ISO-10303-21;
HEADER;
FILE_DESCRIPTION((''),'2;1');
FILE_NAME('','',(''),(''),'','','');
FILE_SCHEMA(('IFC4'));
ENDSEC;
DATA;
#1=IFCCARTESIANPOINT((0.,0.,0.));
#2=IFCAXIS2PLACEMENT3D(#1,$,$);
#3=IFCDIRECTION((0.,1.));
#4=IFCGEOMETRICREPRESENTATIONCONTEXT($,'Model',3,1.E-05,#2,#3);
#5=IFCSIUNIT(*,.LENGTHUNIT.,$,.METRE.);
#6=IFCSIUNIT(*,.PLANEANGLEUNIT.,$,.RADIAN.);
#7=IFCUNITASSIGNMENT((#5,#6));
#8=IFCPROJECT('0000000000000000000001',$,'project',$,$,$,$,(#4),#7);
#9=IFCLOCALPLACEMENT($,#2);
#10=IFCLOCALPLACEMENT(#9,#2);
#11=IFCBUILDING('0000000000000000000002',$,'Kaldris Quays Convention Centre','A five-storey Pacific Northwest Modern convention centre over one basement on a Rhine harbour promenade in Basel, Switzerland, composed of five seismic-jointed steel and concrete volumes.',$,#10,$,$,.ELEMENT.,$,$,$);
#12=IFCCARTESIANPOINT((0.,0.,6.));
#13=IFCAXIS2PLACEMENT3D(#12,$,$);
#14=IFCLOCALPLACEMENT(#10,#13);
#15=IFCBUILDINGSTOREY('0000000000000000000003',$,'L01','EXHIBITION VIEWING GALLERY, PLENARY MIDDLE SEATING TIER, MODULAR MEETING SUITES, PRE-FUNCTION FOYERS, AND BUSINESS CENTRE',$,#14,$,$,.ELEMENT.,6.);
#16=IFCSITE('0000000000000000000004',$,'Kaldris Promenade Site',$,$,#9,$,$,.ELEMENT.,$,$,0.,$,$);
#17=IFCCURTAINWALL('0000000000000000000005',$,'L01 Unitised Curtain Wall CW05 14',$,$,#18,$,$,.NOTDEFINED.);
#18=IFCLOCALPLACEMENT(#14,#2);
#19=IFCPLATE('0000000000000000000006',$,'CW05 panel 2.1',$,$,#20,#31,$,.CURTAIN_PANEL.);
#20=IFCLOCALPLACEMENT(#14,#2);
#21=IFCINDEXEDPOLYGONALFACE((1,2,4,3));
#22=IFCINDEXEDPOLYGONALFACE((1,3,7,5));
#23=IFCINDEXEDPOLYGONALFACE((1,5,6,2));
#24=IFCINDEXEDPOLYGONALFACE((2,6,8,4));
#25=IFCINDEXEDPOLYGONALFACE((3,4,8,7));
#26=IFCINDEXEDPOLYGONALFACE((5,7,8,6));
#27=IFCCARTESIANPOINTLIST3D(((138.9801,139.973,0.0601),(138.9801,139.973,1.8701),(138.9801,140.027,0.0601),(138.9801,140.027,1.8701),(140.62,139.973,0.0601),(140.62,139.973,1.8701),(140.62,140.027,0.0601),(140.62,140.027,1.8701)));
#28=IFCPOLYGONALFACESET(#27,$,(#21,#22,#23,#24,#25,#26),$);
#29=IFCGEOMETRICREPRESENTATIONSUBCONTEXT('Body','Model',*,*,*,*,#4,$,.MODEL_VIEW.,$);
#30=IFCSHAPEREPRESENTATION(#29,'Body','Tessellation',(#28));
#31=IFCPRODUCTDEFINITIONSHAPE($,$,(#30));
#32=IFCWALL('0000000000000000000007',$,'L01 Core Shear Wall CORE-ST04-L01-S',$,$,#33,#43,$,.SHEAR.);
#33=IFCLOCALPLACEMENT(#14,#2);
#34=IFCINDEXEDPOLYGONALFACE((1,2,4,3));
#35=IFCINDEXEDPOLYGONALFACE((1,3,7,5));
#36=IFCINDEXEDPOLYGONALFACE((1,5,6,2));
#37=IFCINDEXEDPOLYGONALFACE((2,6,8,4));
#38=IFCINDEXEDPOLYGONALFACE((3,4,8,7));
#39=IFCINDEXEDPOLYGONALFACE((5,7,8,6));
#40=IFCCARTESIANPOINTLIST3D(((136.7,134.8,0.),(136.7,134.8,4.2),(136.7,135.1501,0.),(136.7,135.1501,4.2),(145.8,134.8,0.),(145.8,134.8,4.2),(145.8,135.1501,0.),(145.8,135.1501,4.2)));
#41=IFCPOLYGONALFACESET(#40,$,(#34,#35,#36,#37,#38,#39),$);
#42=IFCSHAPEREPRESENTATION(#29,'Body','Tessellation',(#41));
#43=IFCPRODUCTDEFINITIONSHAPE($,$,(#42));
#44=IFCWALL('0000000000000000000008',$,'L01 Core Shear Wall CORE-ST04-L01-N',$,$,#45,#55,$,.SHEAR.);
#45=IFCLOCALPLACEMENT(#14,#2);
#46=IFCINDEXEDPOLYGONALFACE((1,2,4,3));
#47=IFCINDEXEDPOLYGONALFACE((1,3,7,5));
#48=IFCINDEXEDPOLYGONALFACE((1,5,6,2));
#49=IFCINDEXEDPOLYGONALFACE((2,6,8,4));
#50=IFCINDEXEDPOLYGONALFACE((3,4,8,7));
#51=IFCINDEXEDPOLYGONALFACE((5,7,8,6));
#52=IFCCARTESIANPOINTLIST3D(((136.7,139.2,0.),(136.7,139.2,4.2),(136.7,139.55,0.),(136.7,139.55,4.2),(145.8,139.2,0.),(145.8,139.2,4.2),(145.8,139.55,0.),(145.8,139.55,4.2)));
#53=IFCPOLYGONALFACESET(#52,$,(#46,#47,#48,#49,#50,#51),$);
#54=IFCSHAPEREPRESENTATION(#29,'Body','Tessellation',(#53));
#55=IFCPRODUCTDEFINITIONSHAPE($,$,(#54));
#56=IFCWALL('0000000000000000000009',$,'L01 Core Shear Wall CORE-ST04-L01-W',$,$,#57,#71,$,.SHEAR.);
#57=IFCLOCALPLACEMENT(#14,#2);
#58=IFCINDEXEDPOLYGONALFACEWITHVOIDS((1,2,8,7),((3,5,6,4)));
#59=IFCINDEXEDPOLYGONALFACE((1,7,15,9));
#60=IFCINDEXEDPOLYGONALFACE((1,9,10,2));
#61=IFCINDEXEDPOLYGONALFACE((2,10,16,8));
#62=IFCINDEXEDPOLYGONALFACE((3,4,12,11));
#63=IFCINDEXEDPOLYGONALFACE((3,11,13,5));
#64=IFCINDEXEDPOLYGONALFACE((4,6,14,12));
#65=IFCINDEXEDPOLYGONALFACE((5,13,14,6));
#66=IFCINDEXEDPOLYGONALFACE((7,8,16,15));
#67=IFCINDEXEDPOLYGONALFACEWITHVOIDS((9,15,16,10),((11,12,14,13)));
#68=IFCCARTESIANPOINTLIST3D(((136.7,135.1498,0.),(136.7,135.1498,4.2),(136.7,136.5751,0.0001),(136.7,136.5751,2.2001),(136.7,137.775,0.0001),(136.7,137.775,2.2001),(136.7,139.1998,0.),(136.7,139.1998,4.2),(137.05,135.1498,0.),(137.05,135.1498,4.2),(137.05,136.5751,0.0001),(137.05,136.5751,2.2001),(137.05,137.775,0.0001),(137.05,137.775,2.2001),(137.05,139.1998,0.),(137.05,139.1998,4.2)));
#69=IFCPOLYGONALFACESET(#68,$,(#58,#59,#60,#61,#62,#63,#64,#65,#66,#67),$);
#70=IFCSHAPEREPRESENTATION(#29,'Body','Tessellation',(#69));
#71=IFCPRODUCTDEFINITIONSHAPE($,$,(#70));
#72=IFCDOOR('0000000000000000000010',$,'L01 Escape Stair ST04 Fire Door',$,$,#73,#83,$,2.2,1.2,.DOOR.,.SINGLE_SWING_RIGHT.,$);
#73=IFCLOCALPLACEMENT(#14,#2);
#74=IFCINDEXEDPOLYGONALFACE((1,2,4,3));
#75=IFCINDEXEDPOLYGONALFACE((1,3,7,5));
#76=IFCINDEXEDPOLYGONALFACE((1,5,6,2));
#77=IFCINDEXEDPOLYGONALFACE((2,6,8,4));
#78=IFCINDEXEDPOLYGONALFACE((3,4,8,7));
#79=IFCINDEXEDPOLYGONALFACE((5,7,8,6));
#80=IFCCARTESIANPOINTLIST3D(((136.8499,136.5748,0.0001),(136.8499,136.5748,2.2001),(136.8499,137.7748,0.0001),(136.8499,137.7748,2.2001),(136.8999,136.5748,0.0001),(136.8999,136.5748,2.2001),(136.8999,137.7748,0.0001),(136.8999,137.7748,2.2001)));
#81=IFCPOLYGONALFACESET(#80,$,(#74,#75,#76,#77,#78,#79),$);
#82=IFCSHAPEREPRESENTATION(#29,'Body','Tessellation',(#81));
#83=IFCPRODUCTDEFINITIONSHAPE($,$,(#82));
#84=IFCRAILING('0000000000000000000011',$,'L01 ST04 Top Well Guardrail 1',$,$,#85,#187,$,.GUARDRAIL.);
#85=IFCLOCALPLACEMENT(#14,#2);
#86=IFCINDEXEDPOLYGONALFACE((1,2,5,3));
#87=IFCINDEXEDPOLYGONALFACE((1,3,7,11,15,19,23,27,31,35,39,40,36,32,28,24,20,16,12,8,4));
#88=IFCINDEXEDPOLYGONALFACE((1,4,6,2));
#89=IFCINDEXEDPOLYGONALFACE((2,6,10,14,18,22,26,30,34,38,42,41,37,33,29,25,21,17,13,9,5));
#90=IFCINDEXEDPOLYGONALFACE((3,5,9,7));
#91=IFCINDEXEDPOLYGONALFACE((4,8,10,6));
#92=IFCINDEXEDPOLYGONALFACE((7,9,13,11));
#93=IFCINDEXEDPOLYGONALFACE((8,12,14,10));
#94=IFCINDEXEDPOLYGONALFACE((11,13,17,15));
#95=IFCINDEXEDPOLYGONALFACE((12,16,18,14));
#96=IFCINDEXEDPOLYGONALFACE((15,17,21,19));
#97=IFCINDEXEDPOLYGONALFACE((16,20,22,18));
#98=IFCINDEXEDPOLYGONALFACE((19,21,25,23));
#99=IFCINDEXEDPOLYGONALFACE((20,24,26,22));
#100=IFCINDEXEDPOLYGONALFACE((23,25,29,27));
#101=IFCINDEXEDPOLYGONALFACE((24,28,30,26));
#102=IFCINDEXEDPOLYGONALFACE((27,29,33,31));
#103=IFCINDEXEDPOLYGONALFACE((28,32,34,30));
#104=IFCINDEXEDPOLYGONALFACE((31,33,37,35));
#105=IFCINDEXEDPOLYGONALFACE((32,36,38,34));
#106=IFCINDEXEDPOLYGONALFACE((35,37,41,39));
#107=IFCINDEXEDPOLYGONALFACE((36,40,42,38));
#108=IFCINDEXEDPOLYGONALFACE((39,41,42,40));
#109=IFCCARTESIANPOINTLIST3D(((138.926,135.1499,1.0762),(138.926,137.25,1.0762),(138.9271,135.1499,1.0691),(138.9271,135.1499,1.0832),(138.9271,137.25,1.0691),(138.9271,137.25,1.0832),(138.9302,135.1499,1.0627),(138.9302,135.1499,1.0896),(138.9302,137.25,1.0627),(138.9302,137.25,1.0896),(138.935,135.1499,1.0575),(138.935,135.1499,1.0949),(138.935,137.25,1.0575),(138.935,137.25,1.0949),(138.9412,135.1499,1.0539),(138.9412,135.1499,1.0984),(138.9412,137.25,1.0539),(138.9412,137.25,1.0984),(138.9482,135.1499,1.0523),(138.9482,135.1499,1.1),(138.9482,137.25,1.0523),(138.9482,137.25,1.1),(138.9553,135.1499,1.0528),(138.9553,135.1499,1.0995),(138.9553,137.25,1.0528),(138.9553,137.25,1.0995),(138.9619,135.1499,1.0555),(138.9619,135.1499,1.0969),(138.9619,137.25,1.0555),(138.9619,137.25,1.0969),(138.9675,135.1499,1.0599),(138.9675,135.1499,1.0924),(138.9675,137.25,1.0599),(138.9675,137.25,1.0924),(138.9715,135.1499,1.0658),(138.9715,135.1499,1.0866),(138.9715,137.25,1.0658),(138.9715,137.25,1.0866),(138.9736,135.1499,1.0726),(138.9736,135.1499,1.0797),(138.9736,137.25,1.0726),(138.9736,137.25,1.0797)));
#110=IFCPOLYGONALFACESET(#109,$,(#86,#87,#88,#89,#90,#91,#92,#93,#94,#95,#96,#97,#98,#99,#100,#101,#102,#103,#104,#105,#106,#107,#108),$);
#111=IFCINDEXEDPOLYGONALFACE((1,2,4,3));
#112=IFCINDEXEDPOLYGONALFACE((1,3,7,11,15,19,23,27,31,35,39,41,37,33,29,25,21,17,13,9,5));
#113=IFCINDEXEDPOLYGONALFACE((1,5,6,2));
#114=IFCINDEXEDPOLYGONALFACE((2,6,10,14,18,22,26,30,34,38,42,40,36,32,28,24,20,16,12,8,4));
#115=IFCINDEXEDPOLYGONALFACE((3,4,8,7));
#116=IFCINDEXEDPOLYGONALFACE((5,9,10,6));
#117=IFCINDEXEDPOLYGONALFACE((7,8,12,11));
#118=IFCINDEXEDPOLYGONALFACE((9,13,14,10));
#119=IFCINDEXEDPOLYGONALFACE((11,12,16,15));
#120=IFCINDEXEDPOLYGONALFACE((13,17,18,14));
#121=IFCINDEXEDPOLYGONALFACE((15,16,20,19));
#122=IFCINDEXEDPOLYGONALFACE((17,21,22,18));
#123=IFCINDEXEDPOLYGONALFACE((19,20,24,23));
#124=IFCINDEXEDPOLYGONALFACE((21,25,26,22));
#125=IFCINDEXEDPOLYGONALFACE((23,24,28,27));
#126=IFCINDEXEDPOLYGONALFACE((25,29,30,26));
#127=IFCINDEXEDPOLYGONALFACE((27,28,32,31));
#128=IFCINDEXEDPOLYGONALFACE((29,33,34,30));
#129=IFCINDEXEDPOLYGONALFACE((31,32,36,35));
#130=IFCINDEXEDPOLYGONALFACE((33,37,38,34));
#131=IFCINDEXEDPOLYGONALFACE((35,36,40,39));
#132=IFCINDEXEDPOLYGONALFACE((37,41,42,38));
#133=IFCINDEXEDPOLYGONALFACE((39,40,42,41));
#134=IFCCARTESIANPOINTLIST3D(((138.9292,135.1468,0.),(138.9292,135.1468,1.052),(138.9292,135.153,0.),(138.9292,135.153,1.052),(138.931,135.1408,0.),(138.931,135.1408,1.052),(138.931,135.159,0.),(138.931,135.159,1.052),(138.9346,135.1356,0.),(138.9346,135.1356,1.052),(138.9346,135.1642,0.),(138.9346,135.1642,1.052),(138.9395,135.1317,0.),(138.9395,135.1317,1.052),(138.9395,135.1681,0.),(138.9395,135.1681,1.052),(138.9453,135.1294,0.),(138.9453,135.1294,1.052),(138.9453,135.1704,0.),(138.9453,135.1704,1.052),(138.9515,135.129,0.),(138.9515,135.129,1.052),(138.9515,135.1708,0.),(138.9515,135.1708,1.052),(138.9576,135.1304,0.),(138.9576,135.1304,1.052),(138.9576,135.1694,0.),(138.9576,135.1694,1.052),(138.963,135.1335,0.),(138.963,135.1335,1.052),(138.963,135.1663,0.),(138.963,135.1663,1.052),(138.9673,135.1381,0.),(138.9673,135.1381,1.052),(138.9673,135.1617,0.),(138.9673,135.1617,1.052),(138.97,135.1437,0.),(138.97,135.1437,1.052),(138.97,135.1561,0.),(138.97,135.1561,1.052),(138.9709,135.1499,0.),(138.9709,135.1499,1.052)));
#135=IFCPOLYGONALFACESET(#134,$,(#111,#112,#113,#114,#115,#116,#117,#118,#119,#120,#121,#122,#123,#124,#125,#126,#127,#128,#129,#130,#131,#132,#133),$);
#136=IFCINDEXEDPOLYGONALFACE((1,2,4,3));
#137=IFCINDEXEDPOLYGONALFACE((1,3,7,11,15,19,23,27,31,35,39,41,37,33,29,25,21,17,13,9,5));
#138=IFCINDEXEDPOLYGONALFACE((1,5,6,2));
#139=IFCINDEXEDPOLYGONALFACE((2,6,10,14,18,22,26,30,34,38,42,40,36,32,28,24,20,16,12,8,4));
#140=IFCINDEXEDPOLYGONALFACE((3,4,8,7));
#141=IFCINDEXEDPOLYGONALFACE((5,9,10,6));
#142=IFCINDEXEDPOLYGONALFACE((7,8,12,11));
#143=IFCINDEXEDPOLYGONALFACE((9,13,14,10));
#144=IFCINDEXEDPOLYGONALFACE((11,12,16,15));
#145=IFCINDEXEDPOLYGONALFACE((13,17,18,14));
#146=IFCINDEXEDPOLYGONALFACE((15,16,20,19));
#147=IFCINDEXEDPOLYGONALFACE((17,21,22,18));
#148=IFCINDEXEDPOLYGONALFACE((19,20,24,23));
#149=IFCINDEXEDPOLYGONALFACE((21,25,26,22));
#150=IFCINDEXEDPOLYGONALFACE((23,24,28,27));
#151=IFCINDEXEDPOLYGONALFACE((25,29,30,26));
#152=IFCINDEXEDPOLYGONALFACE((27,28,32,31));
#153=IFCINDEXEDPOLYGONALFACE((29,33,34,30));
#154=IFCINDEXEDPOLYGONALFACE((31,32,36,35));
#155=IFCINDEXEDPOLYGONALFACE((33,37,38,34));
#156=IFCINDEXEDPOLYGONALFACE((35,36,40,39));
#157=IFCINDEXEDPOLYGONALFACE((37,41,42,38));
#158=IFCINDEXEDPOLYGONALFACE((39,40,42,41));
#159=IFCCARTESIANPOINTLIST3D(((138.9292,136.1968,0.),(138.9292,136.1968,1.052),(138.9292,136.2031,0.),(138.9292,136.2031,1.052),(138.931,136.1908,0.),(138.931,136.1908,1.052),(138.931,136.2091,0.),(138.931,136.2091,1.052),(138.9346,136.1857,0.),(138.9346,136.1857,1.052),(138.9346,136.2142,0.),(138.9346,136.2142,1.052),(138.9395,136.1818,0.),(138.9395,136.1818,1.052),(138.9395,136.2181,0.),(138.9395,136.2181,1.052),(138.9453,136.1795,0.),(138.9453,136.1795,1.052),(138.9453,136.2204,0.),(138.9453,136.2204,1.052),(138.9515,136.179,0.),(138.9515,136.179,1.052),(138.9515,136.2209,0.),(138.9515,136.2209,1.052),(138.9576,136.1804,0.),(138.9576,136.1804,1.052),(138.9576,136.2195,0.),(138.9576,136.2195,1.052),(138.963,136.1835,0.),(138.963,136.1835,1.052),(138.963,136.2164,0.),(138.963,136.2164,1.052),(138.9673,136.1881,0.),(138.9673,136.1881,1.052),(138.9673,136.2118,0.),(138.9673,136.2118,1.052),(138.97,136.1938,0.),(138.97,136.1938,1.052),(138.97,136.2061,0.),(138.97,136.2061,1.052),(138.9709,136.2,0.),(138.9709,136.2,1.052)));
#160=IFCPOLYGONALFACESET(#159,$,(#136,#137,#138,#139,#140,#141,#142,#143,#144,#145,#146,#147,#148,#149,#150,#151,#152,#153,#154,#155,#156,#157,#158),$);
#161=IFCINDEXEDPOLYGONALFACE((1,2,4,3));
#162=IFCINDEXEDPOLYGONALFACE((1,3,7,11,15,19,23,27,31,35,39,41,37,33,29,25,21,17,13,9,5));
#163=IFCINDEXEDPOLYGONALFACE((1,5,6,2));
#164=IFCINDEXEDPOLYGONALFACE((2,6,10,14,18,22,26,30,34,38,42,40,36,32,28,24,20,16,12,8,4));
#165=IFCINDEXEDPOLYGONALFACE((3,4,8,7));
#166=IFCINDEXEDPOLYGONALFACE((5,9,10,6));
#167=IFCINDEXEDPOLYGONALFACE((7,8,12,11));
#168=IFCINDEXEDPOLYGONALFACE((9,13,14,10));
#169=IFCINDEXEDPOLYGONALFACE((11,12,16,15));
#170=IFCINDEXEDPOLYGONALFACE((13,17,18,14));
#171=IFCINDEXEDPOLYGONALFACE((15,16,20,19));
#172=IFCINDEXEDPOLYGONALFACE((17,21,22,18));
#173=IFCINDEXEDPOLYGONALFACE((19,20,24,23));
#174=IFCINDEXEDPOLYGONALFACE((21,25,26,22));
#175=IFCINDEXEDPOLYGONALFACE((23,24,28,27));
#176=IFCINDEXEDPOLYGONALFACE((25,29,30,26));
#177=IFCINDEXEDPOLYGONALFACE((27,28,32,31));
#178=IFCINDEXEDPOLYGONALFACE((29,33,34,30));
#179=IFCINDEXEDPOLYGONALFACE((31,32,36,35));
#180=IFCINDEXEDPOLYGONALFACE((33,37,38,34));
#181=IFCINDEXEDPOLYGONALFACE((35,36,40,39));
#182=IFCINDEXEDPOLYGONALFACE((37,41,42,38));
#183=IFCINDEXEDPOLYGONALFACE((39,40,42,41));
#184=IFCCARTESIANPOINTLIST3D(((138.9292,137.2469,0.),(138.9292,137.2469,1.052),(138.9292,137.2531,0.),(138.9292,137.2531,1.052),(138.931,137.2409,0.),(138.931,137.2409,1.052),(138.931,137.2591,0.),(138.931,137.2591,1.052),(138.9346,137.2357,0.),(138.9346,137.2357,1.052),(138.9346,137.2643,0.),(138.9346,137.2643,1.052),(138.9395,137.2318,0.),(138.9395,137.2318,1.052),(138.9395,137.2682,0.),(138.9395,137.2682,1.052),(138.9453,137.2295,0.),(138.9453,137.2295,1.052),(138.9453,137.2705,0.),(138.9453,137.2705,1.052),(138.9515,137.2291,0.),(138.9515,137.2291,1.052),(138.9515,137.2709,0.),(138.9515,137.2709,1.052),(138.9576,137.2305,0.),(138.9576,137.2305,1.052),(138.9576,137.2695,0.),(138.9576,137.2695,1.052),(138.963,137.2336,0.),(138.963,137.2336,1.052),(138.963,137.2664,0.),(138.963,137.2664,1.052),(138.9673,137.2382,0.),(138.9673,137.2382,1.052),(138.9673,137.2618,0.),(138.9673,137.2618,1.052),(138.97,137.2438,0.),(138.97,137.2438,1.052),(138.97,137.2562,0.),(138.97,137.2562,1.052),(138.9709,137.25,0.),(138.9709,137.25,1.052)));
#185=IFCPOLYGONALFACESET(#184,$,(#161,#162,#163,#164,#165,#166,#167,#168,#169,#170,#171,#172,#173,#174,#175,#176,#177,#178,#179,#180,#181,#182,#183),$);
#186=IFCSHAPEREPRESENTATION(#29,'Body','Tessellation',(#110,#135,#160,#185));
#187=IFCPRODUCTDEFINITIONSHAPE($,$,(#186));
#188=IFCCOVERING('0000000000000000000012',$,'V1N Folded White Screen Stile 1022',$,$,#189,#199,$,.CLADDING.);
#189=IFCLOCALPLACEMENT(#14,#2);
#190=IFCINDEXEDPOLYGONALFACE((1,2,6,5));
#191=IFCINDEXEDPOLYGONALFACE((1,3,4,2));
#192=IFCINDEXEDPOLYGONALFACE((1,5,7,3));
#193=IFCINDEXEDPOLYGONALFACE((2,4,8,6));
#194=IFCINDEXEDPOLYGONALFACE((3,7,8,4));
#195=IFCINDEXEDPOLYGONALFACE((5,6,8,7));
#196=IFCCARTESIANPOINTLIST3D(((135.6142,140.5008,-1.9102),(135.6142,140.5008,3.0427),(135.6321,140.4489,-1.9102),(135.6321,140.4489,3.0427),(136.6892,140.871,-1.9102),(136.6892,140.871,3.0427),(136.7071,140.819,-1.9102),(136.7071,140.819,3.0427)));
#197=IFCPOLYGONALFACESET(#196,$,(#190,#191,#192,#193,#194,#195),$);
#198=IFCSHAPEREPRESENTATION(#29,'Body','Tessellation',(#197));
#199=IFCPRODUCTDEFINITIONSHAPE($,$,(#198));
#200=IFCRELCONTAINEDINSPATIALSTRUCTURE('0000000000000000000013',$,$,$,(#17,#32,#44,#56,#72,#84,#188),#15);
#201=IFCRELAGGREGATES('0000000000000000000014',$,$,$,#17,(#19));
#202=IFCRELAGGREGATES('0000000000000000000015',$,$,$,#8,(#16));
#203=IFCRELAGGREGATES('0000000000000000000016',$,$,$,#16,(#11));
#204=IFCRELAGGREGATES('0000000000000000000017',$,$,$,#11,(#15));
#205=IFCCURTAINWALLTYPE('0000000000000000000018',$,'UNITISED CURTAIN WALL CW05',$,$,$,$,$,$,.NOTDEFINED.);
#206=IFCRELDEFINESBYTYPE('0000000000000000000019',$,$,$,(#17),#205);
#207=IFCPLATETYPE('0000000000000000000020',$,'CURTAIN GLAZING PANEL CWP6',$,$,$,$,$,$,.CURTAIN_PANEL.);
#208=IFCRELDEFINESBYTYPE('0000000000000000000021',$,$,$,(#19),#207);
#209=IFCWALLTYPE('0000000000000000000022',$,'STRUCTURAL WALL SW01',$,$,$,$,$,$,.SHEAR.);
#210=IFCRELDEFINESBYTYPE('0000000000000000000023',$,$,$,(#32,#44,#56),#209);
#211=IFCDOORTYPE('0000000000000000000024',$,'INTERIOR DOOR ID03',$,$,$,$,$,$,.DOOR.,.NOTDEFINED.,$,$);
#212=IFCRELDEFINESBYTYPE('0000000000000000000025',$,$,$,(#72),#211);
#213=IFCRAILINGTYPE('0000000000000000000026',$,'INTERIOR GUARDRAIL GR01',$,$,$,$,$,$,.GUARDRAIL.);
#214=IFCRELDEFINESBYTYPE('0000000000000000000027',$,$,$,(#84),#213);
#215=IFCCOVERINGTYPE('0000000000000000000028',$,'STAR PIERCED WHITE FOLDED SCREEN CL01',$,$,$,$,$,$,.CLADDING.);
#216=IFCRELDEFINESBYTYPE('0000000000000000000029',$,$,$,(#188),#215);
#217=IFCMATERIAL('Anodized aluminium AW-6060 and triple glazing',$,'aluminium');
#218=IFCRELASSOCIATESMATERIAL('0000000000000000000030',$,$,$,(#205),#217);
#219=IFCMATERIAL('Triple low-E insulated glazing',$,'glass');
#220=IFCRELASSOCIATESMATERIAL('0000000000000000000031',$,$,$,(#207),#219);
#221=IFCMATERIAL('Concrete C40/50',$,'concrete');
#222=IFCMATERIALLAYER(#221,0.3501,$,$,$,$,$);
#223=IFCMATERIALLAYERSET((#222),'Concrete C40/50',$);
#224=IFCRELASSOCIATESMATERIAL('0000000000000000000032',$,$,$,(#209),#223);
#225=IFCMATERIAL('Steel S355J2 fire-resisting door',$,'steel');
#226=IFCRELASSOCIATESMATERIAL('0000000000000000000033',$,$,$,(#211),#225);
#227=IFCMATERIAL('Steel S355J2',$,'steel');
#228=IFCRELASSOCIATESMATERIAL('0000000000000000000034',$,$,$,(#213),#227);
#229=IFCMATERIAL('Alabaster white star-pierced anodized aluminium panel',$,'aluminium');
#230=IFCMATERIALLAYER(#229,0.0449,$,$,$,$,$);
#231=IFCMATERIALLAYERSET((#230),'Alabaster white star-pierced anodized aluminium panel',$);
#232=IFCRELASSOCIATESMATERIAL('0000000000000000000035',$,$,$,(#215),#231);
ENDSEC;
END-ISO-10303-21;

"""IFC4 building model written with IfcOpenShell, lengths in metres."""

from ifc_helpers import new_model, si_unit, direction, frame, frame_2d, origin, origin_2d, place, context, subcontext, project, spatial, rectangle, circle, extrude, material, layer, layer_set, type_object, element, fill, aggregate, save


model = new_model("IFC4")

# Units and contexts
model_context = context("Model", 3, precision=1e-05, world=origin(), true_north=direction((0.0, 1.0)))
body_context = subcontext(model_context, "Body", "Model", "MODEL_VIEW")
ifc_project = project(units=[si_unit("LENGTHUNIT", "METRE"), si_unit("PLANEANGLEUNIT", "RADIAN")], contexts=[model_context])

# Site, building, storey
site_placement = place(None, origin())
site = spatial("IfcSite", under=ifc_project, at=site_placement, Name="Kaldris Promenade Site", CompositionType="ELEMENT", RefElevation=0.0)
building_placement = place(site_placement, origin())
building = spatial("IfcBuilding", under=site, at=building_placement, Name="Kaldris Quays Convention Centre", Description="A five-storey Pacific Northwest Modern convention centre over one basement on a Rhine harbour promenade in Basel, Switzerland, composed of five seismic-jointed steel and concrete volumes.", CompositionType="ELEMENT")
storey_placement = place(building_placement, frame((0.0, 0.0, 6.0)))
storey = spatial("IfcBuildingStorey", under=building, at=storey_placement, Name="L01", Description="EXHIBITION VIEWING GALLERY, PLENARY MIDDLE SEATING TIER, MODULAR MEETING SUITES, PRE-FUNCTION FOYERS, AND BUSINESS CENTRE", CompositionType="ELEMENT", Elevation=6.0)

# Shared definitions
ifc_material_1 = material(Name="Steel S355J2", Category="steel")

# Curtain wall, plate
ifc_material_2 = material(Name="Anodized aluminium AW-6060 and triple glazing", Category="aluminium")
curtain_wall_type = type_object("IfcCurtainWallType", Name="UNITISED CURTAIN WALL CW05", PredefinedType="NOTDEFINED", material=ifc_material_2)
curtain_wall_placement = place(storey_placement, origin())
curtain_wall = element("IfcCurtainWall", 1, at=curtain_wall_placement, inside=storey, type_object=curtain_wall_type, Name="L01 Unitised Curtain Wall CW05 14", PredefinedType="NOTDEFINED")
ifc_material_3 = material(Name="Triple low-E insulated glazing", Category="glass")
plate_type = type_object("IfcPlateType", Name="CURTAIN GLAZING PANEL CWP6", PredefinedType="CURTAIN_PANEL", material=ifc_material_3)
plate_1_placement = place(storey_placement, frame((139.8, 140.0, 0.0601), z_axis=(0.0, 0.0, 1.0), x_axis=(1.0, 0.0, 0.0)))
plate_1 = element("IfcPlate", 2, at=plate_1_placement, type_object=plate_type, Name="CW05 panel 2.1", PredefinedType="CURTAIN_PANEL", context=body_context, shape_type="SweptSolid", body=[
    extrude(rectangle(XDim=1.6399, YDim=0.054, at=origin_2d()), origin(), (0.0, 0.0, 1.0), 1.8101),
])
aggregate(curtain_wall, [plate_1])

# Walls
ifc_material_4 = material(Name="Concrete C40/50", Category="concrete")
ifc_layer_1 = layer(ifc_material_4, 0.3501)
ifc_layer_set_1 = layer_set([ifc_layer_1], Name="Concrete C40/50")
wall_type = type_object("IfcWallType", Name="STRUCTURAL WALL SW01", PredefinedType="SHEAR", material=ifc_layer_set_1)
for number, where, z_axis, x_axis, name in (
    (3, (136.7, 134.9751, 0.0), (0.0, 0.0, 1.0), (1.0, 0.0, 0.0), "L01 Core Shear Wall CORE-ST04-L01-S"),
    (4, (136.7, 139.375, 0.0), (0.0, 0.0, 1.0), (1.0, 0.0, 0.0), "L01 Core Shear Wall CORE-ST04-L01-N"),
):
    element("IfcWall", number, at=place(storey_placement, frame(where, z_axis=z_axis, x_axis=x_axis)), inside=storey, type_object=wall_type, Name=name, PredefinedType="SHEAR", context=body_context, shape_type="SweptSolid", body=[
        extrude(rectangle(XDim=9.1001, YDim=0.3501, at=frame_2d((4.55, 0.0))), origin(), (0.0, 0.0, 1.0), 4.2),
    ])

# Wall, opening, door
wall_placement = place(storey_placement, frame((136.875, 135.1499, 0.0), z_axis=(0.0, 0.0, 1.0), x_axis=(0.0, 1.0, 0.0)))
wall = element("IfcWall", 5, at=wall_placement, inside=storey, type_object=wall_type, Name="L01 Core Shear Wall CORE-ST04-L01-W", PredefinedType="SHEAR", context=body_context, shape_type="SweptSolid", body=[
    extrude(rectangle(XDim=4.05, YDim=0.3501, at=frame_2d((2.0249, 0.0))), origin(), (0.0, 0.0, 1.0), 4.2),
])
opening_placement = place(wall_placement, frame((1.425, 0.0, 0.0)))
opening = element("IfcOpeningElement", 6, at=opening_placement, cuts=wall, PredefinedType="OPENING", context=body_context, shape_type="SweptSolid", body=[
    extrude(rectangle(XDim=1.2, YDim=2.2, at=frame_2d((0.6001, 1.1001))), frame((0.0, 0.1851, 0.0), z_axis=(0.0, -1.0, 0.0), x_axis=(1.0, 0.0, 0.0)), (0.0, 0.0, 1.0), 0.3701),
])
ifc_material_5 = material(Name="Steel S355J2 fire-resisting door", Category="steel")
door_type = type_object("IfcDoorType", Name="INTERIOR DOOR ID03", OperationType="NOTDEFINED", PredefinedType="DOOR", material=ifc_material_5)
door_placement = place(opening_placement, frame((1.2, 0.0, 0.0), z_axis=(0.0, 0.0, 1.0), x_axis=(-1.0, 0.0, 0.0)))
door = element("IfcDoor", 7, at=door_placement, inside=storey, type_object=door_type, Name="L01 Escape Stair ST04 Fire Door", OperationType="SINGLE_SWING_RIGHT", OverallHeight=2.2, OverallWidth=1.2, PredefinedType="DOOR", context=body_context, shape_type="SweptSolid", body=[
    extrude(rectangle(XDim=1.2, YDim=2.2, at=frame_2d((0.6001, 1.1001))), frame((0.0, 0.0249, 0.0), z_axis=(0.0, -1.0, 0.0), x_axis=(1.0, 0.0, 0.0)), (0.0, 0.0, 1.0), 0.05),
])
fill(opening, door)

# Railing
railing_type = type_object("IfcRailingType", Name="INTERIOR GUARDRAIL GR01", PredefinedType="GUARDRAIL", material=ifc_material_1)
railing_placement = place(storey_placement, frame((138.95, 135.1499, 0.0)))
element("IfcRailing", 8, at=railing_placement, inside=storey, type_object=railing_type, Name="L01 ST04 Top Well Guardrail 1", PredefinedType="GUARDRAIL", context=body_context, shape_type="SweptSolid", body=[
    extrude(circle(Radius=0.0239, at=origin_2d()), frame((0.0, 0.0, 1.0762), z_axis=(0.0, 1.0, 0.0), x_axis=(-1.0, 0.0, 0.0)), (0.0, 0.0, 1.0), 2.1001),
    extrude(circle(Radius=0.021, at=origin_2d()), origin(), (0.0, 0.0, 1.0), 1.052),
    extrude(circle(Radius=0.021, at=origin_2d()), frame((0.0, 1.05, 0.0)), (0.0, 0.0, 1.0), 1.052),
    extrude(circle(Radius=0.021, at=origin_2d()), frame((0.0, 2.1001, 0.0)), (0.0, 0.0, 1.0), 1.052),
])

# Covering
ifc_material_6 = material(Name="Alabaster white star-pierced anodized aluminium panel", Category="aluminium")
ifc_layer_2 = layer(ifc_material_6, 0.0449)
ifc_layer_set_2 = layer_set([ifc_layer_2], Name="Alabaster white star-pierced anodized aluminium panel")
covering_type = type_object("IfcCoveringType", Name="STAR PIERCED WHITE FOLDED SCREEN CL01", PredefinedType="CLADDING", material=ifc_layer_set_2)
covering_placement = place(storey_placement, frame((136.1606, 140.6599, -1.9102), z_axis=(0.0, 0.0, 1.0), x_axis=(0.945519, 0.325568, 0.0)))
element("IfcCovering", 9, at=covering_placement, inside=storey, type_object=covering_type, Name="V1N Folded White Screen Stile 1022", PredefinedType="CLADDING", context=body_context, shape_type="SweptSolid", body=[
    extrude(rectangle(XDim=1.137, YDim=0.0549, at=origin_2d()), origin(), (0.0, 0.0, 1.0), 4.9529),
])

save(model, "model.ifc")
